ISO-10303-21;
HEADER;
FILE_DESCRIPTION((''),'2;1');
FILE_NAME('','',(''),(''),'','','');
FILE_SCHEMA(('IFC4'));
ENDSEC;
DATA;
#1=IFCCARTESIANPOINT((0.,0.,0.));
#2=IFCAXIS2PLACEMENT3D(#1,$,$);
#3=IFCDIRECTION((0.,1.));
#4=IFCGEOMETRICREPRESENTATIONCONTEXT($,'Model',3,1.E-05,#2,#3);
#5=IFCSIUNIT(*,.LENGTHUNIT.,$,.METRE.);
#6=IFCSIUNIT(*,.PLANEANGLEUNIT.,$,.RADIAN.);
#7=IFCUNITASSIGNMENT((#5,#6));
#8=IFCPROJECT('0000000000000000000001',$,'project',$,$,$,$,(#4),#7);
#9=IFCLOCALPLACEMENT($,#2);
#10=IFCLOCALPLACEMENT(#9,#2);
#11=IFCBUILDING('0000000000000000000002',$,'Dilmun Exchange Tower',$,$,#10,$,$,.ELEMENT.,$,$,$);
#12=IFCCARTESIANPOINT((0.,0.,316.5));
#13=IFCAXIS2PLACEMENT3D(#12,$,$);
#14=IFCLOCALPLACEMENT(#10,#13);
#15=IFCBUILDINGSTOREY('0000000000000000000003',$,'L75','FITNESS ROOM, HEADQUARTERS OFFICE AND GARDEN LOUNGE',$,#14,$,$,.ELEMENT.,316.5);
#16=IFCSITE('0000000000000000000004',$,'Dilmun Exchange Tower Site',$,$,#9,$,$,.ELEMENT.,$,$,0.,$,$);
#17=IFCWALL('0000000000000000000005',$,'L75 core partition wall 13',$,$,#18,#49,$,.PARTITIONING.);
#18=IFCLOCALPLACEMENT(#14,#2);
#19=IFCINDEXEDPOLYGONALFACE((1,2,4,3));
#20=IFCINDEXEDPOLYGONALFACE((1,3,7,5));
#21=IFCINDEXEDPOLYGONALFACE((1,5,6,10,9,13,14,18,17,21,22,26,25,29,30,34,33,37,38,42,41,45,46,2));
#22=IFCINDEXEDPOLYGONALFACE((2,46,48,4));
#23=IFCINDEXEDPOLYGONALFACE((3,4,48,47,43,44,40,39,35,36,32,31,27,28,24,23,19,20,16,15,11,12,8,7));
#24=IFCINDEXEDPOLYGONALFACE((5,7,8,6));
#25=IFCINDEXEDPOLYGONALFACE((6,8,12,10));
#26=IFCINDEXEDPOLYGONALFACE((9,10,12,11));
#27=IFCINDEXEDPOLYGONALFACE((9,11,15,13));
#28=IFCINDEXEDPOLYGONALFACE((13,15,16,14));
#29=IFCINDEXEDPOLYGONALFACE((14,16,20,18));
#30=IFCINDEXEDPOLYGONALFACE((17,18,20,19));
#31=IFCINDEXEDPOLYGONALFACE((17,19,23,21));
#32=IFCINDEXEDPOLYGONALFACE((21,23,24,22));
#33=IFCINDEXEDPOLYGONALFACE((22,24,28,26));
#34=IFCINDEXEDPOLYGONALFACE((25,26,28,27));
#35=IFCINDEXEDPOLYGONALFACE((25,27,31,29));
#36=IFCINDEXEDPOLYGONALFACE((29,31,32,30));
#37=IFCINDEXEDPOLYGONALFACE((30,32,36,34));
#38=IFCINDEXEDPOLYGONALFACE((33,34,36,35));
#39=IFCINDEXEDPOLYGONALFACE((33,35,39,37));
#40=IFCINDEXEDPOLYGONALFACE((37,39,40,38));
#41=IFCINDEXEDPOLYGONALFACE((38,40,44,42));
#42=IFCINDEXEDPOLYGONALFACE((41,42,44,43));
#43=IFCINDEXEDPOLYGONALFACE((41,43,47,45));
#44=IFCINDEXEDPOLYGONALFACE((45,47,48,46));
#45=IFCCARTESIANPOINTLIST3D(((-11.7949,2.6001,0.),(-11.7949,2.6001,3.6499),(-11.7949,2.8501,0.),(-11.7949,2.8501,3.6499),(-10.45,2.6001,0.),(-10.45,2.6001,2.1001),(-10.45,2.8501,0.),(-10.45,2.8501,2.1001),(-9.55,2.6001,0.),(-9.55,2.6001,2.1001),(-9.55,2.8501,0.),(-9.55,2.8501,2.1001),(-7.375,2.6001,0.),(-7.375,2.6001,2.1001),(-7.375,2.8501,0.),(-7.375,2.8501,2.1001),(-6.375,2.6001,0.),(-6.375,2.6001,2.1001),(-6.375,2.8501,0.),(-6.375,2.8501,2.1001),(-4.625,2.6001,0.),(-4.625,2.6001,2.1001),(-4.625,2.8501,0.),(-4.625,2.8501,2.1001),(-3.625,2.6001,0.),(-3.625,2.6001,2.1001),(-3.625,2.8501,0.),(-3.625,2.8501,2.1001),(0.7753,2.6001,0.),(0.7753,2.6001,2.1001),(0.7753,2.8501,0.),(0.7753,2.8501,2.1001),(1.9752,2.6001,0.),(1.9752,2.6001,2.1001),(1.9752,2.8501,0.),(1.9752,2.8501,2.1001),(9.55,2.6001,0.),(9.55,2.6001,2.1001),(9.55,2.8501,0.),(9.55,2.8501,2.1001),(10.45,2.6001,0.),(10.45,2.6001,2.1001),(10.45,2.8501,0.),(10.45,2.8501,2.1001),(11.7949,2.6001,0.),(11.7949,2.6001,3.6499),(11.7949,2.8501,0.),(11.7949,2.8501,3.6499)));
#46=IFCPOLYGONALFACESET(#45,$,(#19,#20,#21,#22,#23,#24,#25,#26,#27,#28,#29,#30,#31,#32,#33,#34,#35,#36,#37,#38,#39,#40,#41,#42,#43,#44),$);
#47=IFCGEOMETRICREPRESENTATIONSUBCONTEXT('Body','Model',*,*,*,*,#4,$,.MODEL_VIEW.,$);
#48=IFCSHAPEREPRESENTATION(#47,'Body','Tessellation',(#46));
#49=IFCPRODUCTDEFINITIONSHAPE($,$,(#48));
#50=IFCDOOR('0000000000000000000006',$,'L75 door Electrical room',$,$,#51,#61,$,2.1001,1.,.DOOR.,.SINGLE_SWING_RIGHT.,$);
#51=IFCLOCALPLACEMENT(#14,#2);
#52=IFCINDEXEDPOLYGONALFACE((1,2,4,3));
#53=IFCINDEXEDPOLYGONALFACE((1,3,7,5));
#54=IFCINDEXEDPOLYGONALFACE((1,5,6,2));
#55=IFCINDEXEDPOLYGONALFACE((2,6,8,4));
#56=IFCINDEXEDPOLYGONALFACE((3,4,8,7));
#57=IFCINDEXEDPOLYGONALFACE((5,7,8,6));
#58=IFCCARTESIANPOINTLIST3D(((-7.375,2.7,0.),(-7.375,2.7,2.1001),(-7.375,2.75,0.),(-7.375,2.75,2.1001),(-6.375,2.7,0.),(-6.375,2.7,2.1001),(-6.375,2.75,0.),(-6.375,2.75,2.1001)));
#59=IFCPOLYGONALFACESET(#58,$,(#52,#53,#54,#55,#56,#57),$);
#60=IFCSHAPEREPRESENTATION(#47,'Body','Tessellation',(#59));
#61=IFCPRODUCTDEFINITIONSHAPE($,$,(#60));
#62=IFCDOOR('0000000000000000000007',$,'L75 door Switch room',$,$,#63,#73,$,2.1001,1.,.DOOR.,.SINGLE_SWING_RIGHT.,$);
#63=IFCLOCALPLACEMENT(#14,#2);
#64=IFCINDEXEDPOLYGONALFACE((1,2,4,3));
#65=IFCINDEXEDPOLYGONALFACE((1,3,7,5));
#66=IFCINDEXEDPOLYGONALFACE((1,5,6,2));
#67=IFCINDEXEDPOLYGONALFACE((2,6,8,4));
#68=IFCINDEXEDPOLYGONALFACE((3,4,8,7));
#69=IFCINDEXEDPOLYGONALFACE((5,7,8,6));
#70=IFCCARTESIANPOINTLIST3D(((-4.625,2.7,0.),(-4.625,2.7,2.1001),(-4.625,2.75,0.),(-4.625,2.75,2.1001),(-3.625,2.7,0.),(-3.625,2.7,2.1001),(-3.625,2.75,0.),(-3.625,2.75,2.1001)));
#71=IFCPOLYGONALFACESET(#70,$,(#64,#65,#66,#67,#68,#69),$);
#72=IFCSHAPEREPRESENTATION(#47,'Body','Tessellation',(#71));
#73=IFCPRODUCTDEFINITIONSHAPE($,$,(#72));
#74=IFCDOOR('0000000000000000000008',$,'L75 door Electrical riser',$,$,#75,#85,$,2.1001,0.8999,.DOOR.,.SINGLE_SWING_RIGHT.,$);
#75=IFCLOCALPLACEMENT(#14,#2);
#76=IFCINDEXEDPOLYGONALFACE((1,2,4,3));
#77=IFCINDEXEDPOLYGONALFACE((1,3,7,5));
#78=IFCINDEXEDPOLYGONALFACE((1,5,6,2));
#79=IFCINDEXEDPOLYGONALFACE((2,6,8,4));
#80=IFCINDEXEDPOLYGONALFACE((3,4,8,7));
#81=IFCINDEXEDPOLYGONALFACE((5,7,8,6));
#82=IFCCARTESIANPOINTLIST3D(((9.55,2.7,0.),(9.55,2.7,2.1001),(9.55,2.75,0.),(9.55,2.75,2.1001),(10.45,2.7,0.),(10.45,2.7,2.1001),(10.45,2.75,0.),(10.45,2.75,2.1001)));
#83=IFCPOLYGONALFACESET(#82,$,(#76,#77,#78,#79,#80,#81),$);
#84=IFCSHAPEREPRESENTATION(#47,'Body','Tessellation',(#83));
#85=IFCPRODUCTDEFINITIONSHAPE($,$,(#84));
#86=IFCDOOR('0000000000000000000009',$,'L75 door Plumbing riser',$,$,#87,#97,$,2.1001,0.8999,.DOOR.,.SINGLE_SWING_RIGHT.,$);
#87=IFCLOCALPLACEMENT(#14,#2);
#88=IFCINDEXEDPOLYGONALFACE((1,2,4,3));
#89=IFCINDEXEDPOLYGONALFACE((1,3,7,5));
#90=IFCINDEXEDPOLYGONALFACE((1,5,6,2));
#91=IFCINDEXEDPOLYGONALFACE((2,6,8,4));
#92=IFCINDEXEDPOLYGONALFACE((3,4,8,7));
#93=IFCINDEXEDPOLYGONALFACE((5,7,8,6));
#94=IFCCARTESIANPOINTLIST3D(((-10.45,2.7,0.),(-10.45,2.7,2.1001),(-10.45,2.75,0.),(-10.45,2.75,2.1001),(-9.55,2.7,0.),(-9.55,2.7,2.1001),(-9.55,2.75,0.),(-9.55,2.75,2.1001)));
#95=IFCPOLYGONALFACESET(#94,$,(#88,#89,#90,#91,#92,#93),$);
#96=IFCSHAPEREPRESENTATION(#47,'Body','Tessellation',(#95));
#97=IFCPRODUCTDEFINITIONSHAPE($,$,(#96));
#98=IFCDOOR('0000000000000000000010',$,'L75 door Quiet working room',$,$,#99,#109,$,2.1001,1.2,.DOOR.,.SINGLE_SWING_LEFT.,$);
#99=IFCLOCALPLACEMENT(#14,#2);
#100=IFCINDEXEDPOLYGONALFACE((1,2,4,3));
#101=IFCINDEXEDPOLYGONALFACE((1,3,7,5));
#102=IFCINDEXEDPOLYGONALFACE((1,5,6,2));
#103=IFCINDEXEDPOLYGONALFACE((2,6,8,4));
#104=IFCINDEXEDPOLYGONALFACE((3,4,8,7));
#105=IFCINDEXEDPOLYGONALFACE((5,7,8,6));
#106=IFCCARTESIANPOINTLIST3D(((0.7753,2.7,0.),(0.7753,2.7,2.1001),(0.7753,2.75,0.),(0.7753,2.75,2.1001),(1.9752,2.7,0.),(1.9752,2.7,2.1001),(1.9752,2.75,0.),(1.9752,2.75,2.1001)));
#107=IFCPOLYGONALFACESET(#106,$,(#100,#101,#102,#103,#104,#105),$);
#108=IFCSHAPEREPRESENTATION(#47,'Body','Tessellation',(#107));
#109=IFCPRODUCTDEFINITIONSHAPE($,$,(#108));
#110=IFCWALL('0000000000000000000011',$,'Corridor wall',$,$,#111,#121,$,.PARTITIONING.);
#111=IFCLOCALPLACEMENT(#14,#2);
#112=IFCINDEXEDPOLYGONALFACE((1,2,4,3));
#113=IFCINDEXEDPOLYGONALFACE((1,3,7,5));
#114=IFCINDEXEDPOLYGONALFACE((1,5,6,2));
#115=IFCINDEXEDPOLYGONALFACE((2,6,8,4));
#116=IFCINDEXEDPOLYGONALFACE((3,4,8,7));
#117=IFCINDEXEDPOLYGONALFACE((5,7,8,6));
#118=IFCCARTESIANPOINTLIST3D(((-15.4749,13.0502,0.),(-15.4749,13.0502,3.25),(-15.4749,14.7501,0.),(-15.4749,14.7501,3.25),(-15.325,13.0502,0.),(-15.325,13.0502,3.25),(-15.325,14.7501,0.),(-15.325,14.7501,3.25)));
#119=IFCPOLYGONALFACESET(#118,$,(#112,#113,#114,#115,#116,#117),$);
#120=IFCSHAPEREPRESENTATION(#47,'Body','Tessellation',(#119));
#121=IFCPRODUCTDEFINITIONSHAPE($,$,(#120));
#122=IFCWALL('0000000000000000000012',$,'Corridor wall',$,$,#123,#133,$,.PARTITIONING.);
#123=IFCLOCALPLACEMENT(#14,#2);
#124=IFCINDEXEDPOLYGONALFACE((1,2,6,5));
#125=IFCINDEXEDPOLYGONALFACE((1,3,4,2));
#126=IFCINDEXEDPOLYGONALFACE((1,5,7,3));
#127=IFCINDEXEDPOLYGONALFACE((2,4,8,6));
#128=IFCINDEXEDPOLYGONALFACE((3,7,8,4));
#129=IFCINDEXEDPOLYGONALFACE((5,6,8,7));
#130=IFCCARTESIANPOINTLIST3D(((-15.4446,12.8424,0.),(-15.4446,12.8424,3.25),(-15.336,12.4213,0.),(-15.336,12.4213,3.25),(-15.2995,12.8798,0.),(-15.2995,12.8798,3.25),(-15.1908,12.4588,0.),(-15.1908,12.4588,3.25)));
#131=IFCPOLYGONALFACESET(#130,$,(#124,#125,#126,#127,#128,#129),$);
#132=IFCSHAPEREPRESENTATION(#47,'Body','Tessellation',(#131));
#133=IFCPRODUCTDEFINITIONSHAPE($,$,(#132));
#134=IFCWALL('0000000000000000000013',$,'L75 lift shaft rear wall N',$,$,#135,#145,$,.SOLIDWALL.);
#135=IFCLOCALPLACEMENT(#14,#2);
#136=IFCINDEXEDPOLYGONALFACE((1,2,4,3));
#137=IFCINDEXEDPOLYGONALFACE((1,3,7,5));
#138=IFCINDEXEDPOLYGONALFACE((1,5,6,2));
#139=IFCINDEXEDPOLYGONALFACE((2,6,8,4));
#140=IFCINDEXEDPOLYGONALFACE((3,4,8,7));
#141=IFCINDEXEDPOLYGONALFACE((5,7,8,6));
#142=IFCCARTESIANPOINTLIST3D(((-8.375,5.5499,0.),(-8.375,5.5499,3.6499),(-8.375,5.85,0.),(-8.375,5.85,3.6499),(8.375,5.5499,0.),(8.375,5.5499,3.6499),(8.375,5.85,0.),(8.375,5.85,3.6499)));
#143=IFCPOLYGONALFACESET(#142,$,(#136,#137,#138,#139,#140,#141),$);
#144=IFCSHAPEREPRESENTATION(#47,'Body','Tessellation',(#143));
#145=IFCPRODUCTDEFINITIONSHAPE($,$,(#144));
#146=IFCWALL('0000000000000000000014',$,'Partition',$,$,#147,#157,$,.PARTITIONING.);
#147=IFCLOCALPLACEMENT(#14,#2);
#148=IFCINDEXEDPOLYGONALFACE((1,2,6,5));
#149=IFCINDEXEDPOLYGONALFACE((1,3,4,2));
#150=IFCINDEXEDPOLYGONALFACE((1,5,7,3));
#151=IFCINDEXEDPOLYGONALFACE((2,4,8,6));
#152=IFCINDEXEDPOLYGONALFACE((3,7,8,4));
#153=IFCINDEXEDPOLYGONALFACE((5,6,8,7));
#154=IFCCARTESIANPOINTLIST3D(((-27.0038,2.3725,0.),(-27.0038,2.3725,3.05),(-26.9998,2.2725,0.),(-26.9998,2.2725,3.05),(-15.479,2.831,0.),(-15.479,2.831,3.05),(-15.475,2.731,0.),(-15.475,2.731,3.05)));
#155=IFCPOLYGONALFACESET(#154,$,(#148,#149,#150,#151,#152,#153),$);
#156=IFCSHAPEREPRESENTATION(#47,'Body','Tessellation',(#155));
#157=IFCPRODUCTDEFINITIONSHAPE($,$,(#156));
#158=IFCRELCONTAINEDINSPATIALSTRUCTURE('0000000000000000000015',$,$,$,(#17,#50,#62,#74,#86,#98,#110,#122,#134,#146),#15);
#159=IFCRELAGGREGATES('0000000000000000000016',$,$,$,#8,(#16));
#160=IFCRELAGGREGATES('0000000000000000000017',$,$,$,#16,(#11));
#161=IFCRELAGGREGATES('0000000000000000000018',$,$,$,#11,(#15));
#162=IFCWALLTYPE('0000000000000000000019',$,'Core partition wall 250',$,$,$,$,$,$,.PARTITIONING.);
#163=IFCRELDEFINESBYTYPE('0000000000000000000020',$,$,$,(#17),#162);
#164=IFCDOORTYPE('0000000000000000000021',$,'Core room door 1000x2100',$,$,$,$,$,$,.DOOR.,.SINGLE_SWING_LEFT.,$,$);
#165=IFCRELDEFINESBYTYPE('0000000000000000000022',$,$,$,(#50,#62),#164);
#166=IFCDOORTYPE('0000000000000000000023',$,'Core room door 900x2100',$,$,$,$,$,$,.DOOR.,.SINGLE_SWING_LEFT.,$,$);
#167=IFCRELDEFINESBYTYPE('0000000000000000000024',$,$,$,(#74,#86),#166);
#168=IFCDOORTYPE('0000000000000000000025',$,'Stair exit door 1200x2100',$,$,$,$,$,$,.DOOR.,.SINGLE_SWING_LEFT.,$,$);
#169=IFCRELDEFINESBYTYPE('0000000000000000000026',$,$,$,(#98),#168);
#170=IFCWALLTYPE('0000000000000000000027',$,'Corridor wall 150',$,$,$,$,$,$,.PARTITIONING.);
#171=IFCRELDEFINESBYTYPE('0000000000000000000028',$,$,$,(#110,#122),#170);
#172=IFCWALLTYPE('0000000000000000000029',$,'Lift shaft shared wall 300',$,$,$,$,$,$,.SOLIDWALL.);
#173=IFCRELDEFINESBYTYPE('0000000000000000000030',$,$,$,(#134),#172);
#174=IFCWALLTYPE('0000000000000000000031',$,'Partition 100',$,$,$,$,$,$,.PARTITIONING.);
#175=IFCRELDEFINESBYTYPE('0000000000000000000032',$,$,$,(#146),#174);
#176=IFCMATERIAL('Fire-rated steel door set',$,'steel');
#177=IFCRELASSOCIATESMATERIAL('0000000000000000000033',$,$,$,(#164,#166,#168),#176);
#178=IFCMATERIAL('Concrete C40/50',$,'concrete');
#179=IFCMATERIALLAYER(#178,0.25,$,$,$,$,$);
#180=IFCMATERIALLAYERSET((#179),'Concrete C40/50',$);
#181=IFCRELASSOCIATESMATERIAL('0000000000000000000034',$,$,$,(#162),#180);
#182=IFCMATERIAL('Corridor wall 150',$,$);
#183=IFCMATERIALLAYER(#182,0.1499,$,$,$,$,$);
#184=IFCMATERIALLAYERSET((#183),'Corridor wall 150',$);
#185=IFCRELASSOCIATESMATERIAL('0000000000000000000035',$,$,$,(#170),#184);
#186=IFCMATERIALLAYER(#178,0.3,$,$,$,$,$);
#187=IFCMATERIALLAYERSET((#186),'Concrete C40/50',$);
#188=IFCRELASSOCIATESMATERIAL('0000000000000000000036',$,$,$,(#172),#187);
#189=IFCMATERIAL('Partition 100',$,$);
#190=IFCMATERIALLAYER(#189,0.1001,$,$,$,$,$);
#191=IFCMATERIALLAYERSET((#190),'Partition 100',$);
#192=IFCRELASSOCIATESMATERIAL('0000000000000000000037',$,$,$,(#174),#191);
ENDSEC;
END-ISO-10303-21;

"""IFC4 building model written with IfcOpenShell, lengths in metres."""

from ifc_helpers import new_model, si_unit, direction, frame, frame_2d, origin, place, context, subcontext, project, spatial, rectangle, extrude, material, layer, layer_set, type_object, element, fill, save


model = new_model("IFC4")

# Units and contexts
model_context = context("Model", 3, precision=1e-05, world=origin(), true_north=direction((0.0, 1.0)))
body_context = subcontext(model_context, "Body", "Model", "MODEL_VIEW")
ifc_project = project(units=[si_unit("LENGTHUNIT", "METRE"), si_unit("PLANEANGLEUNIT", "RADIAN")], contexts=[model_context])

# Site, building, storey
site_placement = place(None, origin())
site = spatial("IfcSite", under=ifc_project, at=site_placement, Name="Dilmun Exchange Tower Site", CompositionType="ELEMENT", RefElevation=0.0)
building_placement = place(site_placement, origin())
building = spatial("IfcBuilding", under=site, at=building_placement, Name="Dilmun Exchange Tower", CompositionType="ELEMENT")
storey_placement = place(building_placement, frame((0.0, 0.0, 316.5)))
storey = spatial("IfcBuildingStorey", under=building, at=storey_placement, Name="L75", Description="FITNESS ROOM, HEADQUARTERS OFFICE AND GARDEN LOUNGE", CompositionType="ELEMENT", Elevation=316.5)

# Shared definitions
ifc_material_1 = material(Name="Concrete C40/50", Category="concrete")

# Shared definitions
ifc_material_2 = material(Name="Fire-rated steel door set", Category="steel")
door_type_1 = type_object("IfcDoorType", Name="Core room door 1000x2100", OperationType="SINGLE_SWING_LEFT", PredefinedType="DOOR", material=ifc_material_2)

# Wall, openings, doors
ifc_layer_1 = layer(ifc_material_1, 0.25)
ifc_layer_set_1 = layer_set([ifc_layer_1], Name="Concrete C40/50")
wall_type_1 = type_object("IfcWallType", Name="Core partition wall 250", PredefinedType="PARTITIONING", material=ifc_layer_set_1)
wall_1_placement = place(storey_placement, frame((-11.7949, 2.7251, 0.0), z_axis=(0.0, 0.0, 1.0), x_axis=(1.0, 0.0, 0.0)))
wall_1 = element("IfcWall", 1, at=wall_1_placement, inside=storey, type_object=wall_type_1, Name="L75 core partition wall 13", PredefinedType="PARTITIONING", context=body_context, shape_type="SweptSolid", body=[
    extrude(rectangle(XDim=23.5898, YDim=0.25, at=frame_2d((11.7949, 0.0))), origin(), (0.0, 0.0, 1.0), 3.6499),
])
opening_1_placement = place(wall_1_placement, frame((21.345, 0.0, 0.0)))
opening_1 = element("IfcOpeningElement", 2, at=opening_1_placement, cuts=wall_1, PredefinedType="OPENING", context=body_context, shape_type="SweptSolid", body=[
    extrude(rectangle(XDim=0.8999, YDim=2.1001, at=frame_2d((0.45, 1.05))), frame((0.0, 0.135, 0.0), z_axis=(0.0, -1.0, 0.0), x_axis=(1.0, 0.0, 0.0)), (0.0, 0.0, 1.0), 0.27),
])
opening_2_placement = place(wall_1_placement, frame((1.345, 0.0, 0.0)))
opening_2 = element("IfcOpeningElement", 3, at=opening_2_placement, cuts=wall_1, PredefinedType="OPENING", context=body_context, shape_type="SweptSolid", body=[
    extrude(rectangle(XDim=0.8999, YDim=2.1001, at=frame_2d((0.45, 1.05))), frame((0.0, 0.135, 0.0), z_axis=(0.0, -1.0, 0.0), x_axis=(1.0, 0.0, 0.0)), (0.0, 0.0, 1.0), 0.27),
])
opening_3_placement = place(wall_1_placement, frame((4.4199, 0.0, 0.0)))
opening_3 = element("IfcOpeningElement", 4, at=opening_3_placement, cuts=wall_1, PredefinedType="OPENING", context=body_context, shape_type="SweptSolid", body=[
    extrude(rectangle(XDim=1.0, YDim=2.1001, at=frame_2d((0.5, 1.05))), frame((0.0, 0.135, 0.0), z_axis=(0.0, -1.0, 0.0), x_axis=(1.0, 0.0, 0.0)), (0.0, 0.0, 1.0), 0.27),
])
opening_4_placement = place(wall_1_placement, frame((7.1699, 0.0, 0.0)))
opening_4 = element("IfcOpeningElement", 5, at=opening_4_placement, cuts=wall_1, PredefinedType="OPENING", context=body_context, shape_type="SweptSolid", body=[
    extrude(rectangle(XDim=1.0, YDim=2.1001, at=frame_2d((0.5, 1.05))), frame((0.0, 0.135, 0.0), z_axis=(0.0, -1.0, 0.0), x_axis=(1.0, 0.0, 0.0)), (0.0, 0.0, 1.0), 0.27),
])
opening_5_placement = place(wall_1_placement, frame((12.5701, 0.0, 0.0)))
opening_5 = element("IfcOpeningElement", 6, at=opening_5_placement, cuts=wall_1, PredefinedType="OPENING", context=body_context, shape_type="SweptSolid", body=[
    extrude(rectangle(XDim=1.2, YDim=2.1001, at=frame_2d((0.6001, 1.05))), frame((0.0, 0.135, 0.0), z_axis=(0.0, -1.0, 0.0), x_axis=(1.0, 0.0, 0.0)), (0.0, 0.0, 1.0), 0.27),
])
door_1_placement = place(opening_3_placement, origin())
door_1 = element("IfcDoor", 7, at=door_1_placement, inside=storey, type_object=door_type_1, Name="L75 door Electrical room", OperationType="SINGLE_SWING_RIGHT", OverallHeight=2.1001, OverallWidth=1.0, PredefinedType="DOOR", context=body_context, shape_type="SweptSolid", body=[
    extrude(rectangle(XDim=1.0, YDim=2.1001, at=frame_2d((0.5, 1.05))), frame((0.0, 0.0249, 0.0), z_axis=(0.0, -1.0, 0.0), x_axis=(1.0, 0.0, 0.0)), (0.0, 0.0, 1.0), 0.05),
])
fill(opening_3, door_1)
door_2_placement = place(opening_4_placement, origin())
door_2 = element("IfcDoor", 8, at=door_2_placement, inside=storey, type_object=door_type_1, Name="L75 door Switch room", OperationType="SINGLE_SWING_RIGHT", OverallHeight=2.1001, OverallWidth=1.0, PredefinedType="DOOR", context=body_context, shape_type="SweptSolid", body=[
    extrude(rectangle(XDim=1.0, YDim=2.1001, at=frame_2d((0.5, 1.05))), frame((0.0, 0.0249, 0.0), z_axis=(0.0, -1.0, 0.0), x_axis=(1.0, 0.0, 0.0)), (0.0, 0.0, 1.0), 0.05),
])
fill(opening_4, door_2)
door_type_2 = type_object("IfcDoorType", Name="Core room door 900x2100", OperationType="SINGLE_SWING_LEFT", PredefinedType="DOOR", material=ifc_material_2)
door_3_placement = place(opening_1_placement, origin())
door_3 = element("IfcDoor", 9, at=door_3_placement, inside=storey, type_object=door_type_2, Name="L75 door Electrical riser", OperationType="SINGLE_SWING_RIGHT", OverallHeight=2.1001, OverallWidth=0.8999, PredefinedType="DOOR", context=body_context, shape_type="SweptSolid", body=[
    extrude(rectangle(XDim=0.8999, YDim=2.1001, at=frame_2d((0.45, 1.05))), frame((0.0, 0.0249, 0.0), z_axis=(0.0, -1.0, 0.0), x_axis=(1.0, 0.0, 0.0)), (0.0, 0.0, 1.0), 0.05),
])
fill(opening_1, door_3)
door_4_placement = place(opening_2_placement, origin())
door_4 = element("IfcDoor", 10, at=door_4_placement, inside=storey, type_object=door_type_2, Name="L75 door Plumbing riser", OperationType="SINGLE_SWING_RIGHT", OverallHeight=2.1001, OverallWidth=0.8999, PredefinedType="DOOR", context=body_context, shape_type="SweptSolid", body=[
    extrude(rectangle(XDim=0.8999, YDim=2.1001, at=frame_2d((0.45, 1.05))), frame((0.0, 0.0249, 0.0), z_axis=(0.0, -1.0, 0.0), x_axis=(1.0, 0.0, 0.0)), (0.0, 0.0, 1.0), 0.05),
])
fill(opening_2, door_4)
door_type_3 = type_object("IfcDoorType", Name="Stair exit door 1200x2100", OperationType="SINGLE_SWING_LEFT", PredefinedType="DOOR", material=ifc_material_2)
door_5_placement = place(opening_5_placement, origin())
door_5 = element("IfcDoor", 11, at=door_5_placement, inside=storey, type_object=door_type_3, Name="L75 door Quiet working room", OperationType="SINGLE_SWING_LEFT", OverallHeight=2.1001, OverallWidth=1.2, PredefinedType="DOOR", context=body_context, shape_type="SweptSolid", body=[
    extrude(rectangle(XDim=1.2, YDim=2.1001, at=frame_2d((0.6001, 1.05))), frame((0.0, 0.0249, 0.0), z_axis=(0.0, -1.0, 0.0), x_axis=(1.0, 0.0, 0.0)), (0.0, 0.0, 1.0), 0.05),
])
fill(opening_5, door_5)

# Walls
ifc_material_3 = material(Name="Corridor wall 150")
ifc_layer_2 = layer(ifc_material_3, 0.1499)
ifc_layer_set_2 = layer_set([ifc_layer_2], Name="Corridor wall 150")
wall_type_2 = type_object("IfcWallType", Name="Corridor wall 150", PredefinedType="PARTITIONING", material=ifc_layer_set_2)
wall_2_placement = place(storey_placement, frame((-15.3999, 13.05, 0.0), z_axis=(0.0, 0.0, 1.0), x_axis=(0.0, 1.0, 0.0)))
element("IfcWall", 12, at=wall_2_placement, inside=storey, type_object=wall_type_2, Name="Corridor wall", PredefinedType="PARTITIONING", context=body_context, shape_type="SweptSolid", body=[
    extrude(rectangle(XDim=1.7, YDim=0.1499, at=frame_2d((0.8501, 0.0))), origin(), (0.0, 0.0, 1.0), 3.25),
])
wall_3_placement = place(storey_placement, frame((-15.2634, 12.4402, 0.0), z_axis=(0.0, 0.0, 1.0), x_axis=(-0.249929, 0.968264, 0.0)))
element("IfcWall", 13, at=wall_3_placement, inside=storey, type_object=wall_type_2, Name="Corridor wall", PredefinedType="PARTITIONING", context=body_context, shape_type="SweptSolid", body=[
    extrude(rectangle(XDim=0.4348, YDim=0.1499, at=frame_2d((0.2173, 0.0))), origin(), (0.0, 0.0, 1.0), 3.25),
])
ifc_layer_3 = layer(ifc_material_1, 0.3)
ifc_layer_set_3 = layer_set([ifc_layer_3], Name="Concrete C40/50")
wall_type_3 = type_object("IfcWallType", Name="Lift shaft shared wall 300", PredefinedType="SOLIDWALL", material=ifc_layer_set_3)
wall_4_placement = place(storey_placement, frame((-8.375, 5.7, 0.0), z_axis=(0.0, 0.0, 1.0), x_axis=(1.0, 0.0, 0.0)))
element("IfcWall", 14, at=wall_4_placement, inside=storey, type_object=wall_type_3, Name="L75 lift shaft rear wall N", PredefinedType="SOLIDWALL", context=body_context, shape_type="SweptSolid", body=[
    extrude(rectangle(XDim=16.75, YDim=0.3, at=frame_2d((8.375, 0.0))), origin(), (0.0, 0.0, 1.0), 3.6499),
])
ifc_material_4 = material(Name="Partition 100")
ifc_layer_4 = layer(ifc_material_4, 0.1001)
ifc_layer_set_4 = layer_set([ifc_layer_4], Name="Partition 100")
wall_type_4 = type_object("IfcWallType", Name="Partition 100", PredefinedType="PARTITIONING", material=ifc_layer_set_4)
wall_5_placement = place(storey_placement, frame((-27.002, 2.3225, 0.0), z_axis=(0.0, 0.0, 1.0), x_axis=(0.99921, 0.039752, 0.0)))
element("IfcWall", 15, at=wall_5_placement, inside=storey, type_object=wall_type_4, Name="Partition", PredefinedType="PARTITIONING", context=body_context, shape_type="SweptSolid", body=[
    extrude(rectangle(XDim=11.5339, YDim=0.1001, at=frame_2d((5.7671, 0.0))), origin(), (0.0, 0.0, 1.0), 3.05),
])

save(model, "model.ifc")
